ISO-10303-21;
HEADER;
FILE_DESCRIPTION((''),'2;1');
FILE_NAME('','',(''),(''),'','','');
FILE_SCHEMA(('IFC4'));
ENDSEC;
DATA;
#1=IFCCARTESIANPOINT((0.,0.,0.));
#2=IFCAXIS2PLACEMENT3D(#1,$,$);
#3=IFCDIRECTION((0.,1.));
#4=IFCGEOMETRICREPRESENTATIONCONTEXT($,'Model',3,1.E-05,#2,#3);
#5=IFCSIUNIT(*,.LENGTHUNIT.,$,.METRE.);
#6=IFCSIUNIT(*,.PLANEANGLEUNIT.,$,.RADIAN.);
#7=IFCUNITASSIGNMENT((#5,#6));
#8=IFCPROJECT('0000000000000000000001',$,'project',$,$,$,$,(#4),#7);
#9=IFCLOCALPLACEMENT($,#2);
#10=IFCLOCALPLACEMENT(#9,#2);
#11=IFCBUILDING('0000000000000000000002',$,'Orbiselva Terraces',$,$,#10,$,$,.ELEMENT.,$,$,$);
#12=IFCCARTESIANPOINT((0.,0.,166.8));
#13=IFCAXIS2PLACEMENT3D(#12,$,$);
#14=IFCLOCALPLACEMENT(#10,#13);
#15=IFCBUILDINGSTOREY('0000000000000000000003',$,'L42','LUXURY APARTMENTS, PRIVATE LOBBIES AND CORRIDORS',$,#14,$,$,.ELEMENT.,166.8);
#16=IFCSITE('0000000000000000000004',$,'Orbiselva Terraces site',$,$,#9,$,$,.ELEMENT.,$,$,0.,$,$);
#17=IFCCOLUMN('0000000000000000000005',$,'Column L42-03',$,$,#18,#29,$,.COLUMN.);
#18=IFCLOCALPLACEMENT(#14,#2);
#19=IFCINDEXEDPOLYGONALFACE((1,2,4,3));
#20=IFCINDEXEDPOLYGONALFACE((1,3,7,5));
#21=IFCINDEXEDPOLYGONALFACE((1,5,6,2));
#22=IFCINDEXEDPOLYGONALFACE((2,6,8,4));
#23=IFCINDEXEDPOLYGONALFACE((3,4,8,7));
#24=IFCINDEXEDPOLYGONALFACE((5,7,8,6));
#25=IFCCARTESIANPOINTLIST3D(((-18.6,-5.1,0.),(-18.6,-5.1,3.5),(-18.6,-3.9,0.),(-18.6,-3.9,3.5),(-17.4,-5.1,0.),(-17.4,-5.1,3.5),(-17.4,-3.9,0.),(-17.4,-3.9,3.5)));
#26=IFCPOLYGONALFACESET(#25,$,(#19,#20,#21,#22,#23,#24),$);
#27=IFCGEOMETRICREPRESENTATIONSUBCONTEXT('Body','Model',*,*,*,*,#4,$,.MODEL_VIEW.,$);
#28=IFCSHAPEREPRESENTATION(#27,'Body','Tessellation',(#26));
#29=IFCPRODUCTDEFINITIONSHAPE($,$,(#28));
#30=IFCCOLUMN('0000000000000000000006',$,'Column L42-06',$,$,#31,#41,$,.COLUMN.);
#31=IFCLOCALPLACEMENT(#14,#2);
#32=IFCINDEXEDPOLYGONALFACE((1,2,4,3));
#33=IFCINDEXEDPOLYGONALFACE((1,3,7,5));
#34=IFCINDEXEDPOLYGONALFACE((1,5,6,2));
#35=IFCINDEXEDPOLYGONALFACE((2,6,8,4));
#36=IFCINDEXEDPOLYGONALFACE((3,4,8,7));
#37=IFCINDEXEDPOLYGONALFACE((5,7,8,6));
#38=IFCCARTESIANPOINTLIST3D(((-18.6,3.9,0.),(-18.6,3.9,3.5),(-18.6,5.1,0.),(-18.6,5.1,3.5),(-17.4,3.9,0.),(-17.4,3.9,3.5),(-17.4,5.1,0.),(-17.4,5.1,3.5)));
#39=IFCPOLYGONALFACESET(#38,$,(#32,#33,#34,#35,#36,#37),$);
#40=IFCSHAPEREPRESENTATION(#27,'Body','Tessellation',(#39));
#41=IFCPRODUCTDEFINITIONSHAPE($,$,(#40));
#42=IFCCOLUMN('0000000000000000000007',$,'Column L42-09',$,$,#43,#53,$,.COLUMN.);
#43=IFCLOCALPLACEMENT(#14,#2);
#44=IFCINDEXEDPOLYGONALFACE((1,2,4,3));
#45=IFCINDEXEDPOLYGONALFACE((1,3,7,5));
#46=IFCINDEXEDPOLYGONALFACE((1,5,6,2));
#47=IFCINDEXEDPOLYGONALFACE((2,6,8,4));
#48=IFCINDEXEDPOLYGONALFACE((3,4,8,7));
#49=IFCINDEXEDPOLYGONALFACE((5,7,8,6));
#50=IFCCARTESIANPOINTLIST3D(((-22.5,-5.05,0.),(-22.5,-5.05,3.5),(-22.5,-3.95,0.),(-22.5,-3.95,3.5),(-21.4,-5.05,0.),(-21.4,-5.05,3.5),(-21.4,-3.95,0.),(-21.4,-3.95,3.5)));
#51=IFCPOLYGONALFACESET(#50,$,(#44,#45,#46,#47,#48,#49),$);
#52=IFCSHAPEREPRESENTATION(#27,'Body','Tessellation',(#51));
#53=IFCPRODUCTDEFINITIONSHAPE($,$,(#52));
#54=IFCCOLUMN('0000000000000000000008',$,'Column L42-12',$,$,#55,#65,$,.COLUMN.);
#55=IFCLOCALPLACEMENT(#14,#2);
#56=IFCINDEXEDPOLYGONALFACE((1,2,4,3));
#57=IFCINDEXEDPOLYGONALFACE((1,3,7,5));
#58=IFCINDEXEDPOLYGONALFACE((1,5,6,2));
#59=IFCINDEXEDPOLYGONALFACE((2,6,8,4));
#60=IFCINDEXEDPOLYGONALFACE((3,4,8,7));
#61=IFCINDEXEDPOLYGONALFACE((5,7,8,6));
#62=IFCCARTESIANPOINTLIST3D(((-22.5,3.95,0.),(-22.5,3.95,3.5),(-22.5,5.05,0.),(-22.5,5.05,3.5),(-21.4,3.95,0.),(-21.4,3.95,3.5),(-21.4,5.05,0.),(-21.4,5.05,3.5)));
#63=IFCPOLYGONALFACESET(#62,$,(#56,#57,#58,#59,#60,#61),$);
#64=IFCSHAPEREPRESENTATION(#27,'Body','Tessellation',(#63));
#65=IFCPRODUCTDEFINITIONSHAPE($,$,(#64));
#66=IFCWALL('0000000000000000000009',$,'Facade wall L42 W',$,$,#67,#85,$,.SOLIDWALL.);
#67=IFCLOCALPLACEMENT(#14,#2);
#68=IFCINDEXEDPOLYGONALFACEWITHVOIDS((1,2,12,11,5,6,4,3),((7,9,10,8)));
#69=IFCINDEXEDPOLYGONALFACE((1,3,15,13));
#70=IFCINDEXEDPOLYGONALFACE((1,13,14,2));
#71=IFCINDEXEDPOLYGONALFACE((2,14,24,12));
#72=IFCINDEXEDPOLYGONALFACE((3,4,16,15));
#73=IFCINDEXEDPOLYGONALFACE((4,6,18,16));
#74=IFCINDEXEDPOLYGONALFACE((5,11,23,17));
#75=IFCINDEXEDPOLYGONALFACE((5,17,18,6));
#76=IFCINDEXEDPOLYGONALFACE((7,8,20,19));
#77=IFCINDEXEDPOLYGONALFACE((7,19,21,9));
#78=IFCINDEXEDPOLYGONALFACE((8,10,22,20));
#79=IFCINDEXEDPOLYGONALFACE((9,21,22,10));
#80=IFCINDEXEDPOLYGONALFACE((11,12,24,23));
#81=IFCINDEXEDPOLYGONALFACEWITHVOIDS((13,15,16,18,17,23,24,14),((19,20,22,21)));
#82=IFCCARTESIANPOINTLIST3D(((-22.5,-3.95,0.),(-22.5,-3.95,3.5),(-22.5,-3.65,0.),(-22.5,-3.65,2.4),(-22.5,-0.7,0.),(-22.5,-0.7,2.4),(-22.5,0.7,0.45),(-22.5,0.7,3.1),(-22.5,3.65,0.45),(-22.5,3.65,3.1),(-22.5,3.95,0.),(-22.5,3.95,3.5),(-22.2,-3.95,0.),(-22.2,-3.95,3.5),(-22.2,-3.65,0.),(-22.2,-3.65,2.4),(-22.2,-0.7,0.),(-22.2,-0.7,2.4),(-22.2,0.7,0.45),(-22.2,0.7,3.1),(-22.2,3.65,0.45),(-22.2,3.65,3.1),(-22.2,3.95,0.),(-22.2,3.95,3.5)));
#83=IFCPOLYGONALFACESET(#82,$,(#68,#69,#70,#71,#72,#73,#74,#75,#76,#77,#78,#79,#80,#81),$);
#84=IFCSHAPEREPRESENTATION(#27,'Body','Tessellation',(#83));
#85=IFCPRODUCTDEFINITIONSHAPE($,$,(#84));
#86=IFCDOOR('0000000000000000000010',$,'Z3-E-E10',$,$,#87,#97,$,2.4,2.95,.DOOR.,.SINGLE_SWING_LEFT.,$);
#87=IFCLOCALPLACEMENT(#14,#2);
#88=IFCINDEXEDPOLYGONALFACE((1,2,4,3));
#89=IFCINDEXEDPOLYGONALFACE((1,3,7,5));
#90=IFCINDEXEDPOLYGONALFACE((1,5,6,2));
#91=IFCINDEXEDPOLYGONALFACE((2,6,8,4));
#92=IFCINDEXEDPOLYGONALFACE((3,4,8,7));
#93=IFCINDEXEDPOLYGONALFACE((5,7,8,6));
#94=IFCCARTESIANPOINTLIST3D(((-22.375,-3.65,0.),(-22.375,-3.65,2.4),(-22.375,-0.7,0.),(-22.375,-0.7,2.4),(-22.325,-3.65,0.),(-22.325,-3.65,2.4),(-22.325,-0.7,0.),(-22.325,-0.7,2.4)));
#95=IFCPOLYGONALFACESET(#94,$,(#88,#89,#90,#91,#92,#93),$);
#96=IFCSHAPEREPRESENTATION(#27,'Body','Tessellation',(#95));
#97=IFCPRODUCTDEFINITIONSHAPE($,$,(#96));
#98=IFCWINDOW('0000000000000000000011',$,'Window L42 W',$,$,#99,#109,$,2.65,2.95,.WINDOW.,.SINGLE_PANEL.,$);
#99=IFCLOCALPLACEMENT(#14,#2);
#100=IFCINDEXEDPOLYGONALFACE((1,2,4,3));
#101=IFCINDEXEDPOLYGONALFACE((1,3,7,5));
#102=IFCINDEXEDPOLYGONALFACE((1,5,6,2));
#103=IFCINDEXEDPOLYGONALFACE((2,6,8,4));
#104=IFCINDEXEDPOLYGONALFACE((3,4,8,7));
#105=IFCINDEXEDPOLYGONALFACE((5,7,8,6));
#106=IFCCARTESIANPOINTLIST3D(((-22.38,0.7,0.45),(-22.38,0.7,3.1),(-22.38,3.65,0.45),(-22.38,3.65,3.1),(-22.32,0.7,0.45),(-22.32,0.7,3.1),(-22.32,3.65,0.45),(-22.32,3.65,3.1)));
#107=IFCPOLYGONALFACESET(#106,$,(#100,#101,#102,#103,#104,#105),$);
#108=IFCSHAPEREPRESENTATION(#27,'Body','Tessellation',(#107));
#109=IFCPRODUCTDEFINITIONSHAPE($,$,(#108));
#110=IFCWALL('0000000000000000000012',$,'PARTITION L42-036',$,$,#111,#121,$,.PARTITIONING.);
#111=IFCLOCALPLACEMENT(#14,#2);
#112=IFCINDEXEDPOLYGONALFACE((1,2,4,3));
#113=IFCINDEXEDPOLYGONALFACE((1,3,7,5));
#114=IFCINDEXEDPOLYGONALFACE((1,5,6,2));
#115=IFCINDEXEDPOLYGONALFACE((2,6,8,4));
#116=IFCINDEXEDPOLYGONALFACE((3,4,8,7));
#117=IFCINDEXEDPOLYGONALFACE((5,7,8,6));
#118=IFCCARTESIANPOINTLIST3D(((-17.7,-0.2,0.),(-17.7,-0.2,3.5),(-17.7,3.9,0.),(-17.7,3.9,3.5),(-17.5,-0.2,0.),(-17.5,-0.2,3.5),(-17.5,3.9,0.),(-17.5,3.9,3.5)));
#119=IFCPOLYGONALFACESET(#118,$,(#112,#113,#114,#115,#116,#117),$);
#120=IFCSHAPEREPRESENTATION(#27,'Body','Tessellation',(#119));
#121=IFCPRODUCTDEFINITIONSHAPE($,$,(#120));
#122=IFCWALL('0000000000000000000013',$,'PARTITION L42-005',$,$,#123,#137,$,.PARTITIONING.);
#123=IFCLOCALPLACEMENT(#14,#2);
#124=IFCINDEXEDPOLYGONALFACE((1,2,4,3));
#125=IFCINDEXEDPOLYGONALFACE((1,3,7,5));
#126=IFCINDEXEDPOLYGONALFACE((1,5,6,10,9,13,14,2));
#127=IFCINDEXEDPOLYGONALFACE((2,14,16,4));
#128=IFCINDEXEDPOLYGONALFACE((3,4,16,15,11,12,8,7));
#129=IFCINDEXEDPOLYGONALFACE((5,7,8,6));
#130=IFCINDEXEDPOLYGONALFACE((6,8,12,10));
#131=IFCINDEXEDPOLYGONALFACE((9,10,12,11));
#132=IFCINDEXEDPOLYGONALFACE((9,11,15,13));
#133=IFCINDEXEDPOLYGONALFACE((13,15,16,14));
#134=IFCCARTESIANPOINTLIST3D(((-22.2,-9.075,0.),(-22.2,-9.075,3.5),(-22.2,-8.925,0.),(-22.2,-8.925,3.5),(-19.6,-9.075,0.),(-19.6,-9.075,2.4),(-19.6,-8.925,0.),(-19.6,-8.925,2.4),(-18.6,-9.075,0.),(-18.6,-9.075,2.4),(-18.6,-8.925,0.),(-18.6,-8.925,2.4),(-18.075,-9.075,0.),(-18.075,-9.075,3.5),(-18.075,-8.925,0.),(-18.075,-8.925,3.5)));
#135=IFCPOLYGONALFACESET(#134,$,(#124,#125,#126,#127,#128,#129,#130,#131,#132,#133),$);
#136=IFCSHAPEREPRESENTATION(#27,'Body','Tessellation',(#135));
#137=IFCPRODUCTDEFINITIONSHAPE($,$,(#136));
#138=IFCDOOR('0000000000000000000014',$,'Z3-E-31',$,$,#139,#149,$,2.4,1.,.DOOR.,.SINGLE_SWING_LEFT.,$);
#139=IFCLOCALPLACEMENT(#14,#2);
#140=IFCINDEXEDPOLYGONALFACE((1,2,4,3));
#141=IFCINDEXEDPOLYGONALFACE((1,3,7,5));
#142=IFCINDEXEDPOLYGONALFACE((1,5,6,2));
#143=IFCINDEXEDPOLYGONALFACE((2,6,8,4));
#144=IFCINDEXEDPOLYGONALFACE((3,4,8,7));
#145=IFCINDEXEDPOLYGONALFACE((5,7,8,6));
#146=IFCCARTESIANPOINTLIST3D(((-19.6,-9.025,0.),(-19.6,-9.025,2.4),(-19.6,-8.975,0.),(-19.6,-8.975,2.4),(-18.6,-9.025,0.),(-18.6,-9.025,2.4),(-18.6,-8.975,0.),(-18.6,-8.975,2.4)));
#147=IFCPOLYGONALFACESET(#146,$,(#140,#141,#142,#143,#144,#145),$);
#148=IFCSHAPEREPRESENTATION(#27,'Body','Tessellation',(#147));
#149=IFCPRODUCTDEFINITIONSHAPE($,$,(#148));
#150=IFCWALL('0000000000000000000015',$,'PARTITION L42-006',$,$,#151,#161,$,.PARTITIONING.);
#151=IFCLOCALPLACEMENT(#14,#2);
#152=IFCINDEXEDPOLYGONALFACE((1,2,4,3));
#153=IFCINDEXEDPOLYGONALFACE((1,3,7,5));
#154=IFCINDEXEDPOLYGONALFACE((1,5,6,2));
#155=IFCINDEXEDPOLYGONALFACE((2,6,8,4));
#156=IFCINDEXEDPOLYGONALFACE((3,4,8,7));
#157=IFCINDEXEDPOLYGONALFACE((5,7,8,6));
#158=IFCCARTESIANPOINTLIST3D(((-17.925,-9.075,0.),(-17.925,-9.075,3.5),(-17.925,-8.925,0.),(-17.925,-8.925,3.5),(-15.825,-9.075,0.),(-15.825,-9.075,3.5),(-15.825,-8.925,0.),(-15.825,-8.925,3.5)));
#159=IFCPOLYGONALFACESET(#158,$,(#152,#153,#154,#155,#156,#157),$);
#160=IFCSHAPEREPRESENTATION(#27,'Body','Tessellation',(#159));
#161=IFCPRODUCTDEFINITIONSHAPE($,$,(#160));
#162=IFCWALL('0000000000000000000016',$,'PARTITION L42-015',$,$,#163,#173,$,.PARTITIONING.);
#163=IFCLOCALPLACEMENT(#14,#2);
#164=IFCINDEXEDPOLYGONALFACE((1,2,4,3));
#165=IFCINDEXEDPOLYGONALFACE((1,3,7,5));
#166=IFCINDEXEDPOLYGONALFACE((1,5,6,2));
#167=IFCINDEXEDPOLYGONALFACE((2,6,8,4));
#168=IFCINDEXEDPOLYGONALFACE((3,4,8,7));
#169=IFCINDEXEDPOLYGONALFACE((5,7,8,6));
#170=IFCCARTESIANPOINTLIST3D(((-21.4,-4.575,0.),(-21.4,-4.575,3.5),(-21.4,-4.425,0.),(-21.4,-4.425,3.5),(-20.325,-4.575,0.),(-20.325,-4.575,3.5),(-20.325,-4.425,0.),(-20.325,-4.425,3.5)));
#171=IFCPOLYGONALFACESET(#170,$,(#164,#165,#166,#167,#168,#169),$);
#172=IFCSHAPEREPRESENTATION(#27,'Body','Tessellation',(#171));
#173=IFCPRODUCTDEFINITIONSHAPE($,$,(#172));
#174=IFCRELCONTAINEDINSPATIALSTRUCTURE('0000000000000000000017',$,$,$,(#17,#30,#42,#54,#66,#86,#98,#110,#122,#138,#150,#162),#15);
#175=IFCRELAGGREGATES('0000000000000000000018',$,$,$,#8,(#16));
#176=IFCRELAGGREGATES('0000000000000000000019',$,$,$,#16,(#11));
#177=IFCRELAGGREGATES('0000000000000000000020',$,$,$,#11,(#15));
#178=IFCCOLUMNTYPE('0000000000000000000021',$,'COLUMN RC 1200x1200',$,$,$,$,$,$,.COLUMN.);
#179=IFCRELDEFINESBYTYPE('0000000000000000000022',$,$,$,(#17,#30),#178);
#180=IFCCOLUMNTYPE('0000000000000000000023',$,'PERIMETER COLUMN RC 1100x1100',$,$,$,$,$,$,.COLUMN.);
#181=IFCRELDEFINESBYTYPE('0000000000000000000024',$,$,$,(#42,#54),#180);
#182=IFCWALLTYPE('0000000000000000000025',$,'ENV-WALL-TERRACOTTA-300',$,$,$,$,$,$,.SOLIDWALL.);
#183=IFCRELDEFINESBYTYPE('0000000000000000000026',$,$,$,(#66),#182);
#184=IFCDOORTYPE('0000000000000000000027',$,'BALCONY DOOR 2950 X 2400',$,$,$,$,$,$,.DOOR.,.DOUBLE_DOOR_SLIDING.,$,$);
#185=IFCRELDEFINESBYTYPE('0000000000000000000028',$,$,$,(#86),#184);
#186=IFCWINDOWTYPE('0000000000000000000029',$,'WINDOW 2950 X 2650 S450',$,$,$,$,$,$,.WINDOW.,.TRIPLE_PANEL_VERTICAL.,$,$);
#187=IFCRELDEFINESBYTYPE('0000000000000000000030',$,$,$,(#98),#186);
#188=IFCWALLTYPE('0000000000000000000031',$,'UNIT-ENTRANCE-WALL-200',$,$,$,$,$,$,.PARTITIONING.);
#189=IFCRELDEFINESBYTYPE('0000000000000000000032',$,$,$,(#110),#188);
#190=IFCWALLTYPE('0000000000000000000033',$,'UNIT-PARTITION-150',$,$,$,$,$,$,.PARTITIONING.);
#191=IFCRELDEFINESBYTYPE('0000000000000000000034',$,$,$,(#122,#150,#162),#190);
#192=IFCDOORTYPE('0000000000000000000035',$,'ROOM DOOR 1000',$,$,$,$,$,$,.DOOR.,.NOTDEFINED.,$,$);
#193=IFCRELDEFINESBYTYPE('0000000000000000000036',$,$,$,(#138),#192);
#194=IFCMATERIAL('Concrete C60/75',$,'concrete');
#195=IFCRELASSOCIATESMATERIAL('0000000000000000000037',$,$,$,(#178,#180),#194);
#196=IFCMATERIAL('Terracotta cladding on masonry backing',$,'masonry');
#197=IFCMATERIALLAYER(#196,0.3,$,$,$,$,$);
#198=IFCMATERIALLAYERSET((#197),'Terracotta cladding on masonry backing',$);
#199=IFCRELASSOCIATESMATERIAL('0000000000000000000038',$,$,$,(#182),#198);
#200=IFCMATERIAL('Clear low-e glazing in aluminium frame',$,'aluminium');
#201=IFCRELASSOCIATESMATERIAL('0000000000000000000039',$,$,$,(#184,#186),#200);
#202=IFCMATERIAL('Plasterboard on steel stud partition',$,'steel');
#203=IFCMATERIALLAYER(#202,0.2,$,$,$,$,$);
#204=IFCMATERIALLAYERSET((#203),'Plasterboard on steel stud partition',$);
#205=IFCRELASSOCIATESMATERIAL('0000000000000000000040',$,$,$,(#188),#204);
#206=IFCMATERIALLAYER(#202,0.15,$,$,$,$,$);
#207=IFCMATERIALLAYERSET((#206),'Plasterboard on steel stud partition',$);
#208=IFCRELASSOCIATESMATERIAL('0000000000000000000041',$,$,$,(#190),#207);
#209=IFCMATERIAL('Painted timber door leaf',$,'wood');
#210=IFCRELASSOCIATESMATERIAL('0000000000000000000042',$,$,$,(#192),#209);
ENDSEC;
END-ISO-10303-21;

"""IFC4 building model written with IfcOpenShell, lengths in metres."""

from ifc_helpers import new_model, si_unit, direction, frame, frame_2d, origin, origin_2d, place, context, subcontext, project, spatial, rectangle, extrude, material, layer, layer_set, material_profile, profile_set, type_object, element, fill, save


model = new_model("IFC4")

# Units and contexts
model_context = context("Model", 3, precision=1e-05, world=origin(), true_north=direction((0.0, 1.0)))
body_context = subcontext(model_context, "Body", "Model", "MODEL_VIEW")
ifc_project = project(units=[si_unit("LENGTHUNIT", "METRE"), si_unit("PLANEANGLEUNIT", "RADIAN")], contexts=[model_context])

# Site, building, storey
site_placement = place(None, origin())
site = spatial("IfcSite", under=ifc_project, at=site_placement, Name="Orbiselva Terraces site", CompositionType="ELEMENT", RefElevation=0.0)
building_placement = place(site_placement, origin())
building = spatial("IfcBuilding", under=site, at=building_placement, Name="Orbiselva Terraces", CompositionType="ELEMENT")
storey_placement = place(building_placement, frame((0.0, 0.0, 166.8)))
storey = spatial("IfcBuildingStorey", under=building, at=storey_placement, Name="L42", Description="LUXURY APARTMENTS, PRIVATE LOBBIES AND CORRIDORS", CompositionType="ELEMENT", Elevation=166.8)

# Columns
ifc_material_1 = material(Name="Concrete C60/75", Category="concrete")
ifc_material_profile_1 = material_profile(ifc_material_1, rectangle(XDim=1.2, YDim=1.2, at=origin_2d()), Name="RC 1200x1200")
ifc_profile_set_1 = profile_set([ifc_material_profile_1], Name="Concrete C60/75")
column_type_1 = type_object("IfcColumnType", Name="COLUMN RC 1200x1200", PredefinedType="COLUMN", material=ifc_profile_set_1)
for number, where, z_axis, x_axis, name in (
    (1, (-18.0, -4.5, 0.0), (0.0, 0.0, 1.0), (1.0, 0.0, 0.0), "Column L42-03"),
    (2, (-18.0, 4.5, 0.0), (0.0, 0.0, 1.0), (1.0, 0.0, 0.0), "Column L42-06"),
):
    element("IfcColumn", number, at=place(storey_placement, frame(where, z_axis=z_axis, x_axis=x_axis)), inside=storey, type_object=column_type_1, Name=name, PredefinedType="COLUMN", context=body_context, shape_type="SweptSolid", body=[
        extrude(rectangle(XDim=1.2, YDim=1.2, at=origin_2d()), origin(), (0.0, 0.0, 1.0), 3.5),
    ])
ifc_material_profile_2 = material_profile(ifc_material_1, rectangle(XDim=1.1, YDim=1.1, at=origin_2d()), Name="RC 1100x1100")
ifc_profile_set_2 = profile_set([ifc_material_profile_2], Name="Concrete C60/75")
column_type_2 = type_object("IfcColumnType", Name="PERIMETER COLUMN RC 1100x1100", PredefinedType="COLUMN", material=ifc_profile_set_2)
for number, where, z_axis, x_axis, name in (
    (3, (-21.95, -4.5, 0.0), (0.0, 0.0, 1.0), (1.0, 0.0, 0.0), "Column L42-09"),
    (4, (-21.95, 4.5, 0.0), (0.0, 0.0, 1.0), (1.0, 0.0, 0.0), "Column L42-12"),
):
    element("IfcColumn", number, at=place(storey_placement, frame(where, z_axis=z_axis, x_axis=x_axis)), inside=storey, type_object=column_type_2, Name=name, PredefinedType="COLUMN", context=body_context, shape_type="SweptSolid", body=[
        extrude(rectangle(XDim=1.1, YDim=1.1, at=origin_2d()), origin(), (0.0, 0.0, 1.0), 3.5),
    ])

# Wall, openings, door, window
ifc_material_2 = material(Name="Terracotta cladding on masonry backing", Category="masonry")
ifc_layer_1 = layer(ifc_material_2, 0.3)
ifc_layer_set_1 = layer_set([ifc_layer_1], Name="Terracotta cladding on masonry backing")
wall_type_1 = type_object("IfcWallType", Name="ENV-WALL-TERRACOTTA-300", PredefinedType="SOLIDWALL", material=ifc_layer_set_1)
wall_1_placement = place(storey_placement, frame((-22.35, -3.95, 0.0), z_axis=(0.0, 0.0, 1.0), x_axis=(0.0, 1.0, 0.0)))
wall_1 = element("IfcWall", 5, at=wall_1_placement, inside=storey, type_object=wall_type_1, Name="Facade wall L42 W", PredefinedType="SOLIDWALL", context=body_context, shape_type="SweptSolid", body=[
    extrude(rectangle(XDim=7.9, YDim=0.3, at=frame_2d((3.95, 0.0))), origin(), (0.0, 0.0, 1.0), 3.5),
])
opening_1_placement = place(wall_1_placement, frame((4.65, 0.0, 0.45)))
opening_1 = element("IfcOpeningElement", 6, at=opening_1_placement, cuts=wall_1, PredefinedType="OPENING", context=body_context, shape_type="SweptSolid", body=[
    extrude(rectangle(XDim=2.95, YDim=2.65, at=frame_2d((1.475, 1.325))), frame((0.0, 0.16, 0.0), z_axis=(0.0, -1.0, 0.0), x_axis=(1.0, 0.0, 0.0)), (0.0, 0.0, 1.0), 0.32),
])
opening_2_placement = place(wall_1_placement, frame((0.3, 0.0, 0.0)))
opening_2 = element("IfcOpeningElement", 7, at=opening_2_placement, cuts=wall_1, PredefinedType="OPENING", context=body_context, shape_type="SweptSolid", body=[
    extrude(rectangle(XDim=2.95, YDim=2.4, at=frame_2d((1.475, 1.2))), frame((0.0, 0.16, 0.0), z_axis=(0.0, -1.0, 0.0), x_axis=(1.0, 0.0, 0.0)), (0.0, 0.0, 1.0), 0.32),
])
ifc_material_3 = material(Name="Clear low-e glazing in aluminium frame", Category="aluminium")
door_type_1 = type_object("IfcDoorType", Name="BALCONY DOOR 2950 X 2400", OperationType="DOUBLE_DOOR_SLIDING", PredefinedType="DOOR", material=ifc_material_3)
door_1_placement = place(opening_2_placement, origin())
door_1 = element("IfcDoor", 8, at=door_1_placement, inside=storey, type_object=door_type_1, Name="Z3-E-E10", OperationType="SINGLE_SWING_LEFT", OverallHeight=2.4, OverallWidth=2.95, PredefinedType="DOOR", context=body_context, shape_type="SweptSolid", body=[
    extrude(rectangle(XDim=2.95, YDim=2.4, at=frame_2d((1.475, 1.2))), frame((0.0, 0.025, 0.0), z_axis=(0.0, -1.0, 0.0), x_axis=(1.0, 0.0, 0.0)), (0.0, 0.0, 1.0), 0.05),
])
fill(opening_2, door_1)
window_type = type_object("IfcWindowType", Name="WINDOW 2950 X 2650 S450", PartitioningType="TRIPLE_PANEL_VERTICAL", PredefinedType="WINDOW", material=ifc_material_3)
window_placement = place(opening_1_placement, origin())
window = element("IfcWindow", 9, at=window_placement, inside=storey, type_object=window_type, Name="Window L42 W", OverallHeight=2.65, OverallWidth=2.95, PartitioningType="SINGLE_PANEL", PredefinedType="WINDOW", context=body_context, shape_type="SweptSolid", body=[
    extrude(rectangle(XDim=2.95, YDim=2.65, at=frame_2d((1.475, 1.325))), frame((0.0, 0.03, 0.0), z_axis=(0.0, -1.0, 0.0), x_axis=(1.0, 0.0, 0.0)), (0.0, 0.0, 1.0), 0.06),
])
fill(opening_1, window)

# Wall
ifc_material_4 = material(Name="Plasterboard on steel stud partition", Category="steel")
ifc_layer_2 = layer(ifc_material_4, 0.2)
ifc_layer_set_2 = layer_set([ifc_layer_2], Name="Plasterboard on steel stud partition")
wall_type_2 = type_object("IfcWallType", Name="UNIT-ENTRANCE-WALL-200", PredefinedType="PARTITIONING", material=ifc_layer_set_2)
wall_2_placement = place(storey_placement, frame((-17.6, -0.2, 0.0), z_axis=(0.0, 0.0, 1.0), x_axis=(0.0, 1.0, 0.0)))
element("IfcWall", 10, at=wall_2_placement, inside=storey, type_object=wall_type_2, Name="PARTITION L42-036", PredefinedType="PARTITIONING", context=body_context, shape_type="SweptSolid", body=[
    extrude(rectangle(XDim=4.1, YDim=0.2, at=frame_2d((2.05, 0.0))), origin(), (0.0, 0.0, 1.0), 3.5),
])

# Wall, opening, door
ifc_layer_3 = layer(ifc_material_4, 0.15)
ifc_layer_set_3 = layer_set([ifc_layer_3], Name="Plasterboard on steel stud partition")
wall_type_3 = type_object("IfcWallType", Name="UNIT-PARTITION-150", PredefinedType="PARTITIONING", material=ifc_layer_set_3)
wall_3_placement = place(storey_placement, frame((-18.075, -9.0, 0.0), z_axis=(0.0, 0.0, 1.0), x_axis=(-1.0, 0.0, 0.0)))
wall_3 = element("IfcWall", 11, at=wall_3_placement, inside=storey, type_object=wall_type_3, Name="PARTITION L42-005", PredefinedType="PARTITIONING", context=body_context, shape_type="SweptSolid", body=[
    extrude(rectangle(XDim=4.125, YDim=0.15, at=frame_2d((2.0625, 0.0))), origin(), (0.0, 0.0, 1.0), 3.5),
])
opening_3_placement = place(wall_3_placement, frame((0.525, 0.0, 0.0)))
opening_3 = element("IfcOpeningElement", 12, at=opening_3_placement, cuts=wall_3, PredefinedType="OPENING", context=body_context, shape_type="SweptSolid", body=[
    extrude(rectangle(XDim=1.0, YDim=2.4, at=frame_2d((0.5, 1.2))), frame((0.0, 0.085, 0.0), z_axis=(0.0, -1.0, 0.0), x_axis=(1.0, 0.0, 0.0)), (0.0, 0.0, 1.0), 0.17),
])
ifc_material_5 = material(Name="Painted timber door leaf", Category="wood")
door_type_2 = type_object("IfcDoorType", Name="ROOM DOOR 1000", OperationType="NOTDEFINED", PredefinedType="DOOR", material=ifc_material_5)
door_2_placement = place(opening_3_placement, origin())
door_2 = element("IfcDoor", 13, at=door_2_placement, inside=storey, type_object=door_type_2, Name="Z3-E-31", OperationType="SINGLE_SWING_LEFT", OverallHeight=2.4, OverallWidth=1.0, PredefinedType="DOOR", context=body_context, shape_type="SweptSolid", body=[
    extrude(rectangle(XDim=1.0, YDim=2.4, at=frame_2d((0.5, 1.2))), frame((0.0, 0.025, 0.0), z_axis=(0.0, -1.0, 0.0), x_axis=(1.0, 0.0, 0.0)), (0.0, 0.0, 1.0), 0.05),
])
fill(opening_3, door_2)

# Walls
wall_4_placement = place(storey_placement, frame((-17.925, -9.0, 0.0), z_axis=(0.0, 0.0, 1.0), x_axis=(1.0, 0.0, 0.0)))
element("IfcWall", 14, at=wall_4_placement, inside=storey, type_object=wall_type_3, Name="PARTITION L42-006", PredefinedType="PARTITIONING", context=body_context, shape_type="SweptSolid", body=[
    extrude(rectangle(XDim=2.1, YDim=0.15, at=frame_2d((1.05, 0.0))), origin(), (0.0, 0.0, 1.0), 3.5),
])
wall_5_placement = place(storey_placement, frame((-21.4, -4.5, 0.0), z_axis=(0.0, 0.0, 1.0), x_axis=(1.0, 0.0, 0.0)))
element("IfcWall", 15, at=wall_5_placement, inside=storey, type_object=wall_type_3, Name="PARTITION L42-015", PredefinedType="PARTITIONING", context=body_context, shape_type="SweptSolid", body=[
    extrude(rectangle(XDim=1.075, YDim=0.15, at=frame_2d((0.5375, 0.0))), origin(), (0.0, 0.0, 1.0), 3.5),
])

save(model, "model.ifc")
